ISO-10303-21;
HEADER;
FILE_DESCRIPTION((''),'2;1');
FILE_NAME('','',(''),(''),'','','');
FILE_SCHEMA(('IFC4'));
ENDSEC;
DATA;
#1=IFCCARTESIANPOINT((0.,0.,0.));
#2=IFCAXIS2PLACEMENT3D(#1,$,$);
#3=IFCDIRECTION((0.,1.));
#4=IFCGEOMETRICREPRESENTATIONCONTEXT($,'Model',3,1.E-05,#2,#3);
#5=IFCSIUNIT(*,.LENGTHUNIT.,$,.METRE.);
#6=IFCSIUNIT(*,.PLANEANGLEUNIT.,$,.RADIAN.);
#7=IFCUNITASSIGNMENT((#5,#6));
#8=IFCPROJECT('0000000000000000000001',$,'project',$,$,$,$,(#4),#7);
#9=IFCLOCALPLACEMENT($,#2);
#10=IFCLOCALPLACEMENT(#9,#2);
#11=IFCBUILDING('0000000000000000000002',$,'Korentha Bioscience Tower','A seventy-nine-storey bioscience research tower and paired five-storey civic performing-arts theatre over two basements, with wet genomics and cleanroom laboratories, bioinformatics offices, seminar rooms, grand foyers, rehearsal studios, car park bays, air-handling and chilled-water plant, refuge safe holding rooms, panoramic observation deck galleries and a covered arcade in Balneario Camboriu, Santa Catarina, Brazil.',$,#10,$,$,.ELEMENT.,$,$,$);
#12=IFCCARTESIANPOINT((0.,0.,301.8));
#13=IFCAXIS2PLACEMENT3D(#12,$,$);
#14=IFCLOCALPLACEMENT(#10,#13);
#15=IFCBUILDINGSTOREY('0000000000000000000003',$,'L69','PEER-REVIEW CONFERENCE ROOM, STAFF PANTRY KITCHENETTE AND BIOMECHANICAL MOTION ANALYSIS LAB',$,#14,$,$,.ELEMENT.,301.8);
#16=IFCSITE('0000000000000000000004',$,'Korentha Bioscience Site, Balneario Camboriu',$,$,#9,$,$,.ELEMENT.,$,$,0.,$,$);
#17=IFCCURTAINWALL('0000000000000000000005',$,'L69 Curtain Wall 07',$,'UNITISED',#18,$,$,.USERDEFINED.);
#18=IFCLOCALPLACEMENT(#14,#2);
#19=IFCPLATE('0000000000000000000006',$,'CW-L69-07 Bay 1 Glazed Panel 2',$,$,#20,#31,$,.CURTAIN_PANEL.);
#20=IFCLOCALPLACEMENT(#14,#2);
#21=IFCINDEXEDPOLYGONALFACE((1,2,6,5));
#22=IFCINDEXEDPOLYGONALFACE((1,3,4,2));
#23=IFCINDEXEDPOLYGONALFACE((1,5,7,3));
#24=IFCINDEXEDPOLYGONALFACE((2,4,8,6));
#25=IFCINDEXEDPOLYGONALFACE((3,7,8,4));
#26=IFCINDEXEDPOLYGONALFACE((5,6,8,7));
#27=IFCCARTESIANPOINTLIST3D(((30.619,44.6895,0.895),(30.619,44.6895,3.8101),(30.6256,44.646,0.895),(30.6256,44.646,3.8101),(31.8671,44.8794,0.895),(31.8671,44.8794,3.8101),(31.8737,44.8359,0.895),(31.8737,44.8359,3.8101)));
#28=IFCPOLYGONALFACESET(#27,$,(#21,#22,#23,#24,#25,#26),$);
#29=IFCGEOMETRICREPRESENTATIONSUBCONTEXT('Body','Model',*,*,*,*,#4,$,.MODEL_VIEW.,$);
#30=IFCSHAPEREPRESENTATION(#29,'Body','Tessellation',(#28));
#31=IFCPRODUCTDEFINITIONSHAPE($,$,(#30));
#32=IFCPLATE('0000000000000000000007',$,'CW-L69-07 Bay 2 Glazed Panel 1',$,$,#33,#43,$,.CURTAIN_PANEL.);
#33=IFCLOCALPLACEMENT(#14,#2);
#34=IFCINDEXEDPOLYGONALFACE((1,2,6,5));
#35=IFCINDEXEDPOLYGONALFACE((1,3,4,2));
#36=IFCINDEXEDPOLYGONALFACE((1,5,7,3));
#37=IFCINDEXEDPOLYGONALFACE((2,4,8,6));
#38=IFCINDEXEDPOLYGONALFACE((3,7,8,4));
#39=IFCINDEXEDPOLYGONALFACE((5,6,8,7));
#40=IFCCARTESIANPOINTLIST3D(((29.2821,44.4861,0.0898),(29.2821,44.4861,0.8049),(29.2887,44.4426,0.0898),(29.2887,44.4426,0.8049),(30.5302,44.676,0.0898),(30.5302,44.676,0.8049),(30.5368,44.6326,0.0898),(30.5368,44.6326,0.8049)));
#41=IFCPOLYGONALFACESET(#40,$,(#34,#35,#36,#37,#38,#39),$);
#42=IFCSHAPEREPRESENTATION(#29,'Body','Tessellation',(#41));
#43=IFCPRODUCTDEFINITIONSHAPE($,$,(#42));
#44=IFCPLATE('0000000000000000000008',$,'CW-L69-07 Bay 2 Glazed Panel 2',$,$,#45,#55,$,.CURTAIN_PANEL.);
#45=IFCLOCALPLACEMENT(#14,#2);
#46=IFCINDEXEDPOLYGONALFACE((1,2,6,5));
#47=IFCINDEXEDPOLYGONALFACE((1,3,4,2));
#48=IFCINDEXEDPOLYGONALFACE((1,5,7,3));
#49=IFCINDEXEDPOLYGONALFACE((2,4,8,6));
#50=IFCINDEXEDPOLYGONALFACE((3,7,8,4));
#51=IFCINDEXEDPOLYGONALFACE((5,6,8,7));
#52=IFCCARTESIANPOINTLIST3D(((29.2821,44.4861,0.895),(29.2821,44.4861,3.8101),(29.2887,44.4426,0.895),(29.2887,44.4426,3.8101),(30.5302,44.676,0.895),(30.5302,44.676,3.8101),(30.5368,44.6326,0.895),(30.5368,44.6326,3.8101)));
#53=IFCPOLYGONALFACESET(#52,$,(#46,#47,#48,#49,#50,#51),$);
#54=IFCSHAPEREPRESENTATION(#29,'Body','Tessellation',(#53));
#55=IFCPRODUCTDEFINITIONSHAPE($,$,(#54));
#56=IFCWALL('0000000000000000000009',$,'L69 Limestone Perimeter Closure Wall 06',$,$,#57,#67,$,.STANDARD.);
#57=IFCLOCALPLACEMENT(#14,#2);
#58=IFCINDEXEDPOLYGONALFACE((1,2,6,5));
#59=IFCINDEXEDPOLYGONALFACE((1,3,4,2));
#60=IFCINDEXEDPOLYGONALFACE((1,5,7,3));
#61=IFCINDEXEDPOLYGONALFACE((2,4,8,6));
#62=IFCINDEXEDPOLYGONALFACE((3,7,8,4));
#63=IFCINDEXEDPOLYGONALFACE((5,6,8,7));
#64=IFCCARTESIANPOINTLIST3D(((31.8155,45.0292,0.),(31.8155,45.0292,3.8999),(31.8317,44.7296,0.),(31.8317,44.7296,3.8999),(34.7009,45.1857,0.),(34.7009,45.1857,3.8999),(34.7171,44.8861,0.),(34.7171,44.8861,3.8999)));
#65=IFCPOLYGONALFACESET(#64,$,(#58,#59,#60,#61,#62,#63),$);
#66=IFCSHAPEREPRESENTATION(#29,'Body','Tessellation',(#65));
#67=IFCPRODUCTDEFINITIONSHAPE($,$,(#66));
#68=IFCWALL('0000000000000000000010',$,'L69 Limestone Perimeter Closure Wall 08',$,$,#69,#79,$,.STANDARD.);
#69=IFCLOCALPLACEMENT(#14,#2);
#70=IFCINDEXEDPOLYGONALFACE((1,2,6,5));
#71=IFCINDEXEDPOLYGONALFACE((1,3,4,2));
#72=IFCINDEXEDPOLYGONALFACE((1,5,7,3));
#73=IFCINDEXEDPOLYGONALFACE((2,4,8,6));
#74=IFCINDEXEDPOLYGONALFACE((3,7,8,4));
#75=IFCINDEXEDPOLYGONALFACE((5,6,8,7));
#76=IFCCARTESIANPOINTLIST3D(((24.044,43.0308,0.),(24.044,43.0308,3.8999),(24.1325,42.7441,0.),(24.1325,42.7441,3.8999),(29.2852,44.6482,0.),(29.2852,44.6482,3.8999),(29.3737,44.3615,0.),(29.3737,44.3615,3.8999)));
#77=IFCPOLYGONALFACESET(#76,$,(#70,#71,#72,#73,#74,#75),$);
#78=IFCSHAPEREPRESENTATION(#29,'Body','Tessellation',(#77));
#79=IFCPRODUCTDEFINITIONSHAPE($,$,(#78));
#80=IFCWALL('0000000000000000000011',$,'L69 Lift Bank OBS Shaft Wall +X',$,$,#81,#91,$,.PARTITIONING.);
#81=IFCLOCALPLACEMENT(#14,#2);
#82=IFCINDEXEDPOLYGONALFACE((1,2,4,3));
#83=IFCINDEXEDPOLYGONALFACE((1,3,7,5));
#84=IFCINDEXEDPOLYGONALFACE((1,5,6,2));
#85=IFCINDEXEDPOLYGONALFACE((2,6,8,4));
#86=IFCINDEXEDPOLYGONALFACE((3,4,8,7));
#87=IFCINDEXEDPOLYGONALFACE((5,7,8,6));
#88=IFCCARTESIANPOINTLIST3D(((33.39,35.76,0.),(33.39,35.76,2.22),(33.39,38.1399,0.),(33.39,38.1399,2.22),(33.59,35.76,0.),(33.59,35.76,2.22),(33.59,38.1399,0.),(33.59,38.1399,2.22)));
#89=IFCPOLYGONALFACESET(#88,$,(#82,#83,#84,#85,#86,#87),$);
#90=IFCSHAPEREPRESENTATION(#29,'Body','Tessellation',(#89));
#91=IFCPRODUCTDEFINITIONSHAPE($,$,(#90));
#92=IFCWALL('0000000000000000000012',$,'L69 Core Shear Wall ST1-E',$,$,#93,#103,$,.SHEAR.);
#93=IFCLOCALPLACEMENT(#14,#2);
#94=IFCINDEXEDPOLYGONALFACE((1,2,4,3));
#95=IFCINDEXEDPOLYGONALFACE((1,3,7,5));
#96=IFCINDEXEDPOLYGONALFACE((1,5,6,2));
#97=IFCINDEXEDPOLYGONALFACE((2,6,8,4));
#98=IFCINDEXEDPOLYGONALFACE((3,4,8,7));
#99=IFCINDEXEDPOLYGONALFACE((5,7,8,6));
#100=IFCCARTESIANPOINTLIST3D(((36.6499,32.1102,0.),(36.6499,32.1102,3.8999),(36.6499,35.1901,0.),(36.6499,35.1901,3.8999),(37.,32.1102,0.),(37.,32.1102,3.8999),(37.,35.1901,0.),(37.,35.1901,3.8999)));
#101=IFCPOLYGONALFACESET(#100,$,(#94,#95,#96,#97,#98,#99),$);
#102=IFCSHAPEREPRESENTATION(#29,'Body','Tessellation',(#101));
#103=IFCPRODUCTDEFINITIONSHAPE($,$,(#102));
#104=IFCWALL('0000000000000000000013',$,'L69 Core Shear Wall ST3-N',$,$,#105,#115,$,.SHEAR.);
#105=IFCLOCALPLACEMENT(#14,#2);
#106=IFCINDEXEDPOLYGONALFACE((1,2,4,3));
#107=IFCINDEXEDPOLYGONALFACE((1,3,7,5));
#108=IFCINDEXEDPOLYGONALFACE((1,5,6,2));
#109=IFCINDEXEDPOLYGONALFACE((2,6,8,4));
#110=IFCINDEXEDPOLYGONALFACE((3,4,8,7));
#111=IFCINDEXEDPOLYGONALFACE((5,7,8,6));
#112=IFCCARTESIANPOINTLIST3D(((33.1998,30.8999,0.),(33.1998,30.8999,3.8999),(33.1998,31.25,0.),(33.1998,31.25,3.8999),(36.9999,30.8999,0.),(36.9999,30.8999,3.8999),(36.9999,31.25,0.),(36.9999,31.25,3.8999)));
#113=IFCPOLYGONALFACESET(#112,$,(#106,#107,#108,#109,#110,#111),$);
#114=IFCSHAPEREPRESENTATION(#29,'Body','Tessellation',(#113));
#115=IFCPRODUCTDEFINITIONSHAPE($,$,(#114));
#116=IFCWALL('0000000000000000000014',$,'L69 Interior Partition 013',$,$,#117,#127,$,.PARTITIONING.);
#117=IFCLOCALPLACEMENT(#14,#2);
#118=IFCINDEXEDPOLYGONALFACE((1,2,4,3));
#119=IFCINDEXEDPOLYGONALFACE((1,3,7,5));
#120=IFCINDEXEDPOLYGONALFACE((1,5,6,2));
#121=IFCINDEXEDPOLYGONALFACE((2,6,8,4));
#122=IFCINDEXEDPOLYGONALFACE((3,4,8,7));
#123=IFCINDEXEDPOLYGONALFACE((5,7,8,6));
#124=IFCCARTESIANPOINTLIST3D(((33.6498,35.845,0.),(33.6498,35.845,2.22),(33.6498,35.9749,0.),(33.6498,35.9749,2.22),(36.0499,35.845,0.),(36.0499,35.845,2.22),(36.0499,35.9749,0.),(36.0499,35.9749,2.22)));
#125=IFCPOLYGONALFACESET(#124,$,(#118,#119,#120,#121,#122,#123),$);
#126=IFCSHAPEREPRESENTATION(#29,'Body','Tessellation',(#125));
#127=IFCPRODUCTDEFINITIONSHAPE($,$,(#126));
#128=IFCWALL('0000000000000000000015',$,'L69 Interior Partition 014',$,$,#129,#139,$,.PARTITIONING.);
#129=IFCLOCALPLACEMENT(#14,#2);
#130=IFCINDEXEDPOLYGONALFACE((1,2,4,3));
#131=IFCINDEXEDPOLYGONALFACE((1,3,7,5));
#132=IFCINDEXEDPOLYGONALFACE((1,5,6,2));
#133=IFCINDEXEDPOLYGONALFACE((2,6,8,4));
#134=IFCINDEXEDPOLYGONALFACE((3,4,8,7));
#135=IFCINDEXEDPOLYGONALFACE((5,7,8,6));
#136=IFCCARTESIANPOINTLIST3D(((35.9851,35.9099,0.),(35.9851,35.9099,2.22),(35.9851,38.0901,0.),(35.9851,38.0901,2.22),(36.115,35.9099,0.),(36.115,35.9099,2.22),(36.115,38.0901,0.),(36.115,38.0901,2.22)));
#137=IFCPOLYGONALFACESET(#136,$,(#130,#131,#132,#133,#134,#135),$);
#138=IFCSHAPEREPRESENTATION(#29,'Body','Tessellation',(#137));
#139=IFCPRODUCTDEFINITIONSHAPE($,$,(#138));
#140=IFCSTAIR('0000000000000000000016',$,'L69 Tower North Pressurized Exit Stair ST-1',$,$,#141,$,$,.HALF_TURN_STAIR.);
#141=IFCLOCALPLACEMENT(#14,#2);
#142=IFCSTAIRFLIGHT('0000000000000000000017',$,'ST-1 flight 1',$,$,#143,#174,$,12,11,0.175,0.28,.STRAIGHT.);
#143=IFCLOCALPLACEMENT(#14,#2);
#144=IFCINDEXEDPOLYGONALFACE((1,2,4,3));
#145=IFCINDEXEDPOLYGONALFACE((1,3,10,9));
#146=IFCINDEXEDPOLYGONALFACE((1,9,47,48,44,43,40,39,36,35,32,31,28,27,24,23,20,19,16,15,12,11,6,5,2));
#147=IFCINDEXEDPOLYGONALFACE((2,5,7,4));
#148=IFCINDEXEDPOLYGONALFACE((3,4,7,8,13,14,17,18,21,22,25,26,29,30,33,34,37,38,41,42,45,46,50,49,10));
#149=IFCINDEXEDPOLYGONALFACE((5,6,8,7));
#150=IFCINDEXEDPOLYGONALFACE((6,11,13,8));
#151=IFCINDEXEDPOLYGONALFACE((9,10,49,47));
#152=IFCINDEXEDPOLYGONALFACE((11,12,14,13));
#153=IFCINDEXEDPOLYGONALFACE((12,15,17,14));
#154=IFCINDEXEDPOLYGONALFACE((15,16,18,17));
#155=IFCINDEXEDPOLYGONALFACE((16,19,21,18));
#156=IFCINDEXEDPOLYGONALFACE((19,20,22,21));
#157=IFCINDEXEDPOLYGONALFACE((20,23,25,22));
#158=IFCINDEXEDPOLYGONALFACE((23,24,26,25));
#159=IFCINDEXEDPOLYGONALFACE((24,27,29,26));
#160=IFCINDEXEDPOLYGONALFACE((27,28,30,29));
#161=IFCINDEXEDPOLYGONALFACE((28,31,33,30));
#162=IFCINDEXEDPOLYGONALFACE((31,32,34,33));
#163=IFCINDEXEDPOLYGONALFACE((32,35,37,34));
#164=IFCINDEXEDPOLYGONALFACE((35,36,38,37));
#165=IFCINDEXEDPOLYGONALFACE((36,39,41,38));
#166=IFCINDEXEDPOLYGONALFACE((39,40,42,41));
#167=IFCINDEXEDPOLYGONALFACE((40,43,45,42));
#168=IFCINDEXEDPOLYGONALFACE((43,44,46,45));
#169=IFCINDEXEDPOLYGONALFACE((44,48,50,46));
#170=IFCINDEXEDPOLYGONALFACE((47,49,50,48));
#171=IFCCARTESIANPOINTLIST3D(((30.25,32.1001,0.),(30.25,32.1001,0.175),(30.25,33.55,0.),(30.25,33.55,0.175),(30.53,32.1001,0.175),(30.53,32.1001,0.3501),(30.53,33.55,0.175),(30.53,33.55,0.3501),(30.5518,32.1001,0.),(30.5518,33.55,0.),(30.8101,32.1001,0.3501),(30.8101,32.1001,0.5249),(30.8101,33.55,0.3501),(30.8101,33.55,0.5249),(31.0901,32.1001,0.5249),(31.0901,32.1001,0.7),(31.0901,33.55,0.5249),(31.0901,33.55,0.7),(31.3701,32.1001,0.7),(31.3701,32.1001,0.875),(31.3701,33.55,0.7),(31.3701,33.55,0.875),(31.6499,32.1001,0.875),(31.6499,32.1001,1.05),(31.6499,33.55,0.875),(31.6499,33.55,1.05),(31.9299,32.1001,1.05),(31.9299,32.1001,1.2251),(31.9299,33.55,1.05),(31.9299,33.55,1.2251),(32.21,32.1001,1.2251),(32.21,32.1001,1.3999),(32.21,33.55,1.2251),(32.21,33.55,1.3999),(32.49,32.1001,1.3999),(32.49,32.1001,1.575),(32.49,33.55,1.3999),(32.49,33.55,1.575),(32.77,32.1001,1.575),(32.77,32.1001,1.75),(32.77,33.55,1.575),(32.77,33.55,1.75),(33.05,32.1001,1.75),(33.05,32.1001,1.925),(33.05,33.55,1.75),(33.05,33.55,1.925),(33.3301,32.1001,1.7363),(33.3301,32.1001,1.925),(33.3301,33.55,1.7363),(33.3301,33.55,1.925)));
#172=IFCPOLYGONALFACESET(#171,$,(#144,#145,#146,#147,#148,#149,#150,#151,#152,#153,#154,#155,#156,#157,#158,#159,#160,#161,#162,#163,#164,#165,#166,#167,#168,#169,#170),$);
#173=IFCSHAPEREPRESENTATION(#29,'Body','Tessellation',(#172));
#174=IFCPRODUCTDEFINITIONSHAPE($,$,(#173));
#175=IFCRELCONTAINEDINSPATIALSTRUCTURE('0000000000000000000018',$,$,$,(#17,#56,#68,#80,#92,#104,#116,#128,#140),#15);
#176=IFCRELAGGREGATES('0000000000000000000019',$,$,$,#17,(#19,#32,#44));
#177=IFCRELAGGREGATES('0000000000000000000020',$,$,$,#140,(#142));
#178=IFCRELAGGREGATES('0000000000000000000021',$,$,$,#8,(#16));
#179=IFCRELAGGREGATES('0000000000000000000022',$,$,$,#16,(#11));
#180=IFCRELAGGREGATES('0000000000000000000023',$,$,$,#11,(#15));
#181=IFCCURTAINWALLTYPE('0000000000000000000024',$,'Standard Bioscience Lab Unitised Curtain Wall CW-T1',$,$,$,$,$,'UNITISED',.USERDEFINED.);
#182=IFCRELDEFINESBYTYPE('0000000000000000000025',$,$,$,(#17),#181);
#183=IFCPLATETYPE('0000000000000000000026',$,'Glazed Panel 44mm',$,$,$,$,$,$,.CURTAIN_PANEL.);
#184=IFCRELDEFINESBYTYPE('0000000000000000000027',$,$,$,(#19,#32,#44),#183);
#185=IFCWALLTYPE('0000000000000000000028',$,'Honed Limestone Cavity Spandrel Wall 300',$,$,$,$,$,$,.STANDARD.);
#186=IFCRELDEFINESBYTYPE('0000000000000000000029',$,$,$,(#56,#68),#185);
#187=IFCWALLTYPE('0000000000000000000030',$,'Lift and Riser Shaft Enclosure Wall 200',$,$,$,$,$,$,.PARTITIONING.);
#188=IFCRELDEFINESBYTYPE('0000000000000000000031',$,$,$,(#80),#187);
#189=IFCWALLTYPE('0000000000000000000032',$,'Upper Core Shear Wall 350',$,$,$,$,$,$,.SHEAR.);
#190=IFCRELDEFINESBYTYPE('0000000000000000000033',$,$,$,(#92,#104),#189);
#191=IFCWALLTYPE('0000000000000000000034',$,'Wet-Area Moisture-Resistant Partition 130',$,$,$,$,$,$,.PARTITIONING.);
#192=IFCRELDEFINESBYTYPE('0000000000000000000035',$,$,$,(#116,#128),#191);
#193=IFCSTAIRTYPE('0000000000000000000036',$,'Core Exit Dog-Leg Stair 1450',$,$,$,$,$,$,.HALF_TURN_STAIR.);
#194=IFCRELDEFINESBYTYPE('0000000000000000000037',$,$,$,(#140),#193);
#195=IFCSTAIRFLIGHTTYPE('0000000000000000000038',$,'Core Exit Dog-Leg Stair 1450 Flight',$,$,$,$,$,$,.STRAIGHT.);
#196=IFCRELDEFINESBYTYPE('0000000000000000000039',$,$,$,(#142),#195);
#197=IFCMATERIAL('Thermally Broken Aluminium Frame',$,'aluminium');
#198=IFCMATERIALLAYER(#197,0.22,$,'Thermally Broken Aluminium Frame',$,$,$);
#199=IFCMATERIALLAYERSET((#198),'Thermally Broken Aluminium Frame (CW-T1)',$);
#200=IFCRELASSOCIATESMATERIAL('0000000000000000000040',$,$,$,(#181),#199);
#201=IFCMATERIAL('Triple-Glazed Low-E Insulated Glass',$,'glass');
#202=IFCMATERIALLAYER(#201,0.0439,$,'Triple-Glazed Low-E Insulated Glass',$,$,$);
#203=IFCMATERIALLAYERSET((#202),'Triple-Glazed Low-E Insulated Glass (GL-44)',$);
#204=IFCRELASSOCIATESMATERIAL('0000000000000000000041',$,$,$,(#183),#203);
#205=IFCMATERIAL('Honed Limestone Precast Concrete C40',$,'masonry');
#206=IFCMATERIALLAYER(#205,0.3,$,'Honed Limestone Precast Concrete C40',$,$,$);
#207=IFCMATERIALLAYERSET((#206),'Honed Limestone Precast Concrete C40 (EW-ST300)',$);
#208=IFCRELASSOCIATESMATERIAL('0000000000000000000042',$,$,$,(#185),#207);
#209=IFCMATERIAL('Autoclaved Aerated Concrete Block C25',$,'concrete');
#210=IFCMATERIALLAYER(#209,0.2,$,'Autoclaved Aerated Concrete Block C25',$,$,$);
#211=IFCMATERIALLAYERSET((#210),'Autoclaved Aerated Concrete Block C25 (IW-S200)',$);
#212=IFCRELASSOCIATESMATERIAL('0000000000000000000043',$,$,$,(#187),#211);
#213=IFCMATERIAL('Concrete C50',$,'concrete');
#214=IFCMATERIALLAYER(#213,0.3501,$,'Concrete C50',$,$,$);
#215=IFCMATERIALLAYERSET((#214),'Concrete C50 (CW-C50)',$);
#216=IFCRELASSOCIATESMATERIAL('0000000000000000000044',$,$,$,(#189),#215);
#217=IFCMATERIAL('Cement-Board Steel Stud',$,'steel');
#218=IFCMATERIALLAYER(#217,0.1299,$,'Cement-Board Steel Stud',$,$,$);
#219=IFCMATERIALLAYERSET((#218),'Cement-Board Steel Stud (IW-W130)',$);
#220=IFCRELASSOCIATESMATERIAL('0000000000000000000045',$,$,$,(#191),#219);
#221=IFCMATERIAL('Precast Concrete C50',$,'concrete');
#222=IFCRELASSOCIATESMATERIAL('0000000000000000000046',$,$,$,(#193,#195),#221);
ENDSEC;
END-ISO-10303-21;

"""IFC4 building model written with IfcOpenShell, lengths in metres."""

from ifc_helpers import new_model, si_unit, direction, frame, frame_2d, origin, origin_2d, place, context, subcontext, project, spatial, polyline, rectangle, outline, extrude, material, layer, layer_set, type_object, element, aggregate, save


model = new_model("IFC4")

# Units and contexts
model_context = context("Model", 3, precision=1e-05, world=origin(), true_north=direction((0.0, 1.0)))
body_context = subcontext(model_context, "Body", "Model", "MODEL_VIEW")
ifc_project = project(units=[si_unit("LENGTHUNIT", "METRE"), si_unit("PLANEANGLEUNIT", "RADIAN")], contexts=[model_context])

# Site, building, storey
site_placement = place(None, origin())
site = spatial("IfcSite", under=ifc_project, at=site_placement, Name="Korentha Bioscience Site, Balneario Camboriu", CompositionType="ELEMENT", RefElevation=0.0)
building_placement = place(site_placement, origin())
building = spatial("IfcBuilding", under=site, at=building_placement, Name="Korentha Bioscience Tower", Description="A seventy-nine-storey bioscience research tower and paired five-storey civic performing-arts theatre over two basements, with wet genomics and cleanroom laboratories, bioinformatics offices, seminar rooms, grand foyers, rehearsal studios, car park bays, air-handling and chilled-water plant, refuge safe holding rooms, panoramic observation deck galleries and a covered arcade in Balneario Camboriu, Santa Catarina, Brazil.", CompositionType="ELEMENT")
storey_placement = place(building_placement, frame((0.0, 0.0, 301.8)))
storey = spatial("IfcBuildingStorey", under=building, at=storey_placement, Name="L69", Description="PEER-REVIEW CONFERENCE ROOM, STAFF PANTRY KITCHENETTE AND BIOMECHANICAL MOTION ANALYSIS LAB", CompositionType="ELEMENT", Elevation=301.8)

# Shared definitions
ifc_material_1 = material(Name="Concrete C50", Category="concrete")

# Curtain wall, plates
ifc_material_2 = material(Name="Thermally Broken Aluminium Frame", Category="aluminium")
ifc_layer_1 = layer(ifc_material_2, 0.22, Name="Thermally Broken Aluminium Frame")
ifc_layer_set_1 = layer_set([ifc_layer_1], Name="Thermally Broken Aluminium Frame (CW-T1)")
curtain_wall_type = type_object("IfcCurtainWallType", Name="Standard Bioscience Lab Unitised Curtain Wall CW-T1", ElementType="UNITISED", PredefinedType="USERDEFINED", material=ifc_layer_set_1)
curtain_wall_placement = place(storey_placement, origin())
curtain_wall = element("IfcCurtainWall", 1, at=curtain_wall_placement, inside=storey, type_object=curtain_wall_type, Name="L69 Curtain Wall 07", ObjectType="UNITISED", PredefinedType="USERDEFINED")
ifc_material_3 = material(Name="Triple-Glazed Low-E Insulated Glass", Category="glass")
ifc_layer_2 = layer(ifc_material_3, 0.0439, Name="Triple-Glazed Low-E Insulated Glass")
ifc_layer_set_2 = layer_set([ifc_layer_2], Name="Triple-Glazed Low-E Insulated Glass (GL-44)")
plate_type = type_object("IfcPlateType", Name="Glazed Panel 44mm", PredefinedType="CURTAIN_PANEL", material=ifc_layer_set_2)
plate_1_placement = place(storey_placement, frame((31.2463, 44.7627, 0.895), z_axis=(0.0, 0.0, 1.0), x_axis=(-0.988621, -0.150428, 0.0)))
plate_1 = element("IfcPlate", 2, at=plate_1_placement, type_object=plate_type, Name="CW-L69-07 Bay 1 Glazed Panel 2", PredefinedType="CURTAIN_PANEL", context=body_context, shape_type="SweptSolid", body=[
    extrude(rectangle(XDim=1.2625, YDim=0.0439, at=origin_2d()), origin(), (0.0, 0.0, 1.0), 2.915),
])
plate_2_placement = place(storey_placement, frame((29.9094, 44.5593, 0.0898), z_axis=(0.0, 0.0, 1.0), x_axis=(-0.988621, -0.150428, 0.0)))
plate_2 = element("IfcPlate", 3, at=plate_2_placement, type_object=plate_type, Name="CW-L69-07 Bay 2 Glazed Panel 1", PredefinedType="CURTAIN_PANEL", context=body_context, shape_type="SweptSolid", body=[
    extrude(rectangle(XDim=1.2625, YDim=0.0439, at=origin_2d()), origin(), (0.0, 0.0, 1.0), 0.7151),
])
plate_3_placement = place(storey_placement, frame((29.9094, 44.5593, 0.895), z_axis=(0.0, 0.0, 1.0), x_axis=(-0.988621, -0.150428, 0.0)))
plate_3 = element("IfcPlate", 4, at=plate_3_placement, type_object=plate_type, Name="CW-L69-07 Bay 2 Glazed Panel 2", PredefinedType="CURTAIN_PANEL", context=body_context, shape_type="SweptSolid", body=[
    extrude(rectangle(XDim=1.2625, YDim=0.0439, at=origin_2d()), origin(), (0.0, 0.0, 1.0), 2.915),
])
aggregate(curtain_wall, [plate_1, plate_2, plate_3])

# Walls
ifc_material_4 = material(Name="Honed Limestone Precast Concrete C40", Category="masonry")
ifc_layer_3 = layer(ifc_material_4, 0.3, Name="Honed Limestone Precast Concrete C40")
ifc_layer_set_3 = layer_set([ifc_layer_3], Name="Honed Limestone Precast Concrete C40 (EW-ST300)")
wall_type_1 = type_object("IfcWallType", Name="Honed Limestone Cavity Spandrel Wall 300", PredefinedType="STANDARD", material=ifc_layer_set_3)
wall_1_placement = place(storey_placement, frame((34.709, 45.0359, 0.0), z_axis=(0.0, 0.0, 1.0), x_axis=(-0.998533, -0.054155, 0.0)))
element("IfcWall", 5, at=wall_1_placement, inside=storey, type_object=wall_type_1, Name="L69 Limestone Perimeter Closure Wall 06", PredefinedType="STANDARD", context=body_context, shape_type="SweptSolid", body=[
    extrude(rectangle(XDim=2.8896, YDim=0.3, at=frame_2d((1.4448, 0.0))), origin(), (0.0, 0.0, 1.0), 3.8999),
])
wall_2_placement = place(storey_placement, frame((29.3296, 44.5049, 0.0), z_axis=(0.0, 0.0, 1.0), x_axis=(-0.955535, -0.294877, 0.0)))
element("IfcWall", 6, at=wall_2_placement, inside=storey, type_object=wall_type_1, Name="L69 Limestone Perimeter Closure Wall 08", PredefinedType="STANDARD", context=body_context, shape_type="SweptSolid", body=[
    extrude(rectangle(XDim=5.4851, YDim=0.3, at=frame_2d((2.7427, 0.0))), origin(), (0.0, 0.0, 1.0), 3.8999),
])
ifc_material_5 = material(Name="Autoclaved Aerated Concrete Block C25", Category="concrete")
ifc_layer_4 = layer(ifc_material_5, 0.2, Name="Autoclaved Aerated Concrete Block C25")
ifc_layer_set_4 = layer_set([ifc_layer_4], Name="Autoclaved Aerated Concrete Block C25 (IW-S200)")
wall_type_2 = type_object("IfcWallType", Name="Lift and Riser Shaft Enclosure Wall 200", PredefinedType="PARTITIONING", material=ifc_layer_set_4)
wall_3_placement = place(storey_placement, frame((33.49, 35.76, 0.0), z_axis=(0.0, 0.0, 1.0), x_axis=(0.0, 1.0, 0.0)))
element("IfcWall", 7, at=wall_3_placement, inside=storey, type_object=wall_type_2, Name="L69 Lift Bank OBS Shaft Wall +X", PredefinedType="PARTITIONING", context=body_context, shape_type="SweptSolid", body=[
    extrude(rectangle(XDim=2.3799, YDim=0.2, at=frame_2d((1.1899, 0.0))), origin(), (0.0, 0.0, 1.0), 2.22),
])
ifc_layer_5 = layer(ifc_material_1, 0.3501, Name="Concrete C50")
ifc_layer_set_5 = layer_set([ifc_layer_5], Name="Concrete C50 (CW-C50)")
wall_type_3 = type_object("IfcWallType", Name="Upper Core Shear Wall 350", PredefinedType="SHEAR", material=ifc_layer_set_5)
wall_4_placement = place(storey_placement, frame((36.825, 32.1101, 0.0), z_axis=(0.0, 0.0, 1.0), x_axis=(0.0, 1.0, 0.0)))
element("IfcWall", 8, at=wall_4_placement, inside=storey, type_object=wall_type_3, Name="L69 Core Shear Wall ST1-E", PredefinedType="SHEAR", context=body_context, shape_type="SweptSolid", body=[
    extrude(rectangle(XDim=3.0798, YDim=0.3501, at=frame_2d((1.54, 0.0))), origin(), (0.0, 0.0, 1.0), 3.8999),
])
wall_5_placement = place(storey_placement, frame((33.2, 31.075, 0.0), z_axis=(0.0, 0.0, 1.0), x_axis=(1.0, 0.0, 0.0)))
element("IfcWall", 9, at=wall_5_placement, inside=storey, type_object=wall_type_3, Name="L69 Core Shear Wall ST3-N", PredefinedType="SHEAR", context=body_context, shape_type="SweptSolid", body=[
    extrude(rectangle(XDim=3.8, YDim=0.3501, at=frame_2d((1.8999, 0.0))), origin(), (0.0, 0.0, 1.0), 3.8999),
])

# Shared definitions
ifc_material_6 = material(Name="Cement-Board Steel Stud", Category="steel")
ifc_layer_6 = layer(ifc_material_6, 0.1299, Name="Cement-Board Steel Stud")
ifc_layer_set_6 = layer_set([ifc_layer_6], Name="Cement-Board Steel Stud (IW-W130)")
wall_type_4 = type_object("IfcWallType", Name="Wet-Area Moisture-Resistant Partition 130", PredefinedType="PARTITIONING", material=ifc_layer_set_6)

# Walls
wall_6_placement = place(storey_placement, frame((36.05, 35.9099, 0.0), z_axis=(0.0, 0.0, 1.0), x_axis=(-1.0, 0.0, 0.0)))
element("IfcWall", 10, at=wall_6_placement, inside=storey, type_object=wall_type_4, Name="L69 Interior Partition 013", PredefinedType="PARTITIONING", context=body_context, shape_type="SweptSolid", body=[
    extrude(rectangle(XDim=2.4001, YDim=0.1299, at=frame_2d((1.2002, 0.0))), origin(), (0.0, 0.0, 1.0), 2.22),
])
wall_7_placement = place(storey_placement, frame((36.05, 38.0901, 0.0), z_axis=(0.0, 0.0, 1.0), x_axis=(0.0, -1.0, 0.0)))
element("IfcWall", 11, at=wall_7_placement, inside=storey, type_object=wall_type_4, Name="L69 Interior Partition 014", PredefinedType="PARTITIONING", context=body_context, shape_type="SweptSolid", body=[
    extrude(rectangle(XDim=2.1802, YDim=0.1299, at=frame_2d((1.0901, 0.0))), origin(), (0.0, 0.0, 1.0), 2.22),
])

# Stair, stair flight
ifc_material_7 = material(Name="Precast Concrete C50", Category="concrete")
stair_type = type_object("IfcStairType", Name="Core Exit Dog-Leg Stair 1450", PredefinedType="HALF_TURN_STAIR", material=ifc_material_7)
stair_1_placement = place(storey_placement, origin())
stair_1 = element("IfcStair", 12, at=stair_1_placement, inside=storey, type_object=stair_type, Name="L69 Tower North Pressurized Exit Stair ST-1", PredefinedType="HALF_TURN_STAIR")
stair_flight_type = type_object("IfcStairFlightType", Name="Core Exit Dog-Leg Stair 1450 Flight", PredefinedType="STRAIGHT", material=ifc_material_7)
stair_flight_1_placement = place(storey_placement, frame((30.25, 32.825, 0.0), z_axis=(0.0, 0.0, 1.0), x_axis=(1.0, 0.0, 0.0)))
stair_flight_1 = element("IfcStairFlight", 13, at=stair_flight_1_placement, type_object=stair_flight_type, Name="ST-1 flight 1", NumberOfRisers=12, NumberOfTreads=11, PredefinedType="STRAIGHT", RiserHeight=0.175, TreadLength=0.28, context=body_context, shape_type="SweptSolid", body=[
    extrude(outline(polyline([(0.0, 0.0), (0.0, 0.175), (0.28, 0.175), (0.28, 0.3501), (0.5601, 0.3501), (0.5601, 0.5249), (0.8401, 0.5249), (0.8401, 0.7), (1.1201, 0.7), (1.1201, 0.875), (1.3999, 0.875), (1.3999, 1.05), (1.6799, 1.05), (1.6799, 1.2251), (1.96, 1.2251), (1.96, 1.3999), (2.24, 1.3999), (2.24, 1.575), (2.52, 1.575), (2.52, 1.75), (2.8, 1.75), (2.8, 1.925), (3.0801, 1.925), (3.0801, 2.1001), (3.0801, 1.7363), (0.3018, 0.0), (0.0, 0.0)])), frame((0.0, 0.7251, 0.0), z_axis=(0.0, -1.0, 0.0), x_axis=(1.0, 0.0, 0.0)), (0.0, 0.0, 1.0), 1.45),
])
aggregate(stair_1, [stair_flight_1])

save(model, "model.ifc")
